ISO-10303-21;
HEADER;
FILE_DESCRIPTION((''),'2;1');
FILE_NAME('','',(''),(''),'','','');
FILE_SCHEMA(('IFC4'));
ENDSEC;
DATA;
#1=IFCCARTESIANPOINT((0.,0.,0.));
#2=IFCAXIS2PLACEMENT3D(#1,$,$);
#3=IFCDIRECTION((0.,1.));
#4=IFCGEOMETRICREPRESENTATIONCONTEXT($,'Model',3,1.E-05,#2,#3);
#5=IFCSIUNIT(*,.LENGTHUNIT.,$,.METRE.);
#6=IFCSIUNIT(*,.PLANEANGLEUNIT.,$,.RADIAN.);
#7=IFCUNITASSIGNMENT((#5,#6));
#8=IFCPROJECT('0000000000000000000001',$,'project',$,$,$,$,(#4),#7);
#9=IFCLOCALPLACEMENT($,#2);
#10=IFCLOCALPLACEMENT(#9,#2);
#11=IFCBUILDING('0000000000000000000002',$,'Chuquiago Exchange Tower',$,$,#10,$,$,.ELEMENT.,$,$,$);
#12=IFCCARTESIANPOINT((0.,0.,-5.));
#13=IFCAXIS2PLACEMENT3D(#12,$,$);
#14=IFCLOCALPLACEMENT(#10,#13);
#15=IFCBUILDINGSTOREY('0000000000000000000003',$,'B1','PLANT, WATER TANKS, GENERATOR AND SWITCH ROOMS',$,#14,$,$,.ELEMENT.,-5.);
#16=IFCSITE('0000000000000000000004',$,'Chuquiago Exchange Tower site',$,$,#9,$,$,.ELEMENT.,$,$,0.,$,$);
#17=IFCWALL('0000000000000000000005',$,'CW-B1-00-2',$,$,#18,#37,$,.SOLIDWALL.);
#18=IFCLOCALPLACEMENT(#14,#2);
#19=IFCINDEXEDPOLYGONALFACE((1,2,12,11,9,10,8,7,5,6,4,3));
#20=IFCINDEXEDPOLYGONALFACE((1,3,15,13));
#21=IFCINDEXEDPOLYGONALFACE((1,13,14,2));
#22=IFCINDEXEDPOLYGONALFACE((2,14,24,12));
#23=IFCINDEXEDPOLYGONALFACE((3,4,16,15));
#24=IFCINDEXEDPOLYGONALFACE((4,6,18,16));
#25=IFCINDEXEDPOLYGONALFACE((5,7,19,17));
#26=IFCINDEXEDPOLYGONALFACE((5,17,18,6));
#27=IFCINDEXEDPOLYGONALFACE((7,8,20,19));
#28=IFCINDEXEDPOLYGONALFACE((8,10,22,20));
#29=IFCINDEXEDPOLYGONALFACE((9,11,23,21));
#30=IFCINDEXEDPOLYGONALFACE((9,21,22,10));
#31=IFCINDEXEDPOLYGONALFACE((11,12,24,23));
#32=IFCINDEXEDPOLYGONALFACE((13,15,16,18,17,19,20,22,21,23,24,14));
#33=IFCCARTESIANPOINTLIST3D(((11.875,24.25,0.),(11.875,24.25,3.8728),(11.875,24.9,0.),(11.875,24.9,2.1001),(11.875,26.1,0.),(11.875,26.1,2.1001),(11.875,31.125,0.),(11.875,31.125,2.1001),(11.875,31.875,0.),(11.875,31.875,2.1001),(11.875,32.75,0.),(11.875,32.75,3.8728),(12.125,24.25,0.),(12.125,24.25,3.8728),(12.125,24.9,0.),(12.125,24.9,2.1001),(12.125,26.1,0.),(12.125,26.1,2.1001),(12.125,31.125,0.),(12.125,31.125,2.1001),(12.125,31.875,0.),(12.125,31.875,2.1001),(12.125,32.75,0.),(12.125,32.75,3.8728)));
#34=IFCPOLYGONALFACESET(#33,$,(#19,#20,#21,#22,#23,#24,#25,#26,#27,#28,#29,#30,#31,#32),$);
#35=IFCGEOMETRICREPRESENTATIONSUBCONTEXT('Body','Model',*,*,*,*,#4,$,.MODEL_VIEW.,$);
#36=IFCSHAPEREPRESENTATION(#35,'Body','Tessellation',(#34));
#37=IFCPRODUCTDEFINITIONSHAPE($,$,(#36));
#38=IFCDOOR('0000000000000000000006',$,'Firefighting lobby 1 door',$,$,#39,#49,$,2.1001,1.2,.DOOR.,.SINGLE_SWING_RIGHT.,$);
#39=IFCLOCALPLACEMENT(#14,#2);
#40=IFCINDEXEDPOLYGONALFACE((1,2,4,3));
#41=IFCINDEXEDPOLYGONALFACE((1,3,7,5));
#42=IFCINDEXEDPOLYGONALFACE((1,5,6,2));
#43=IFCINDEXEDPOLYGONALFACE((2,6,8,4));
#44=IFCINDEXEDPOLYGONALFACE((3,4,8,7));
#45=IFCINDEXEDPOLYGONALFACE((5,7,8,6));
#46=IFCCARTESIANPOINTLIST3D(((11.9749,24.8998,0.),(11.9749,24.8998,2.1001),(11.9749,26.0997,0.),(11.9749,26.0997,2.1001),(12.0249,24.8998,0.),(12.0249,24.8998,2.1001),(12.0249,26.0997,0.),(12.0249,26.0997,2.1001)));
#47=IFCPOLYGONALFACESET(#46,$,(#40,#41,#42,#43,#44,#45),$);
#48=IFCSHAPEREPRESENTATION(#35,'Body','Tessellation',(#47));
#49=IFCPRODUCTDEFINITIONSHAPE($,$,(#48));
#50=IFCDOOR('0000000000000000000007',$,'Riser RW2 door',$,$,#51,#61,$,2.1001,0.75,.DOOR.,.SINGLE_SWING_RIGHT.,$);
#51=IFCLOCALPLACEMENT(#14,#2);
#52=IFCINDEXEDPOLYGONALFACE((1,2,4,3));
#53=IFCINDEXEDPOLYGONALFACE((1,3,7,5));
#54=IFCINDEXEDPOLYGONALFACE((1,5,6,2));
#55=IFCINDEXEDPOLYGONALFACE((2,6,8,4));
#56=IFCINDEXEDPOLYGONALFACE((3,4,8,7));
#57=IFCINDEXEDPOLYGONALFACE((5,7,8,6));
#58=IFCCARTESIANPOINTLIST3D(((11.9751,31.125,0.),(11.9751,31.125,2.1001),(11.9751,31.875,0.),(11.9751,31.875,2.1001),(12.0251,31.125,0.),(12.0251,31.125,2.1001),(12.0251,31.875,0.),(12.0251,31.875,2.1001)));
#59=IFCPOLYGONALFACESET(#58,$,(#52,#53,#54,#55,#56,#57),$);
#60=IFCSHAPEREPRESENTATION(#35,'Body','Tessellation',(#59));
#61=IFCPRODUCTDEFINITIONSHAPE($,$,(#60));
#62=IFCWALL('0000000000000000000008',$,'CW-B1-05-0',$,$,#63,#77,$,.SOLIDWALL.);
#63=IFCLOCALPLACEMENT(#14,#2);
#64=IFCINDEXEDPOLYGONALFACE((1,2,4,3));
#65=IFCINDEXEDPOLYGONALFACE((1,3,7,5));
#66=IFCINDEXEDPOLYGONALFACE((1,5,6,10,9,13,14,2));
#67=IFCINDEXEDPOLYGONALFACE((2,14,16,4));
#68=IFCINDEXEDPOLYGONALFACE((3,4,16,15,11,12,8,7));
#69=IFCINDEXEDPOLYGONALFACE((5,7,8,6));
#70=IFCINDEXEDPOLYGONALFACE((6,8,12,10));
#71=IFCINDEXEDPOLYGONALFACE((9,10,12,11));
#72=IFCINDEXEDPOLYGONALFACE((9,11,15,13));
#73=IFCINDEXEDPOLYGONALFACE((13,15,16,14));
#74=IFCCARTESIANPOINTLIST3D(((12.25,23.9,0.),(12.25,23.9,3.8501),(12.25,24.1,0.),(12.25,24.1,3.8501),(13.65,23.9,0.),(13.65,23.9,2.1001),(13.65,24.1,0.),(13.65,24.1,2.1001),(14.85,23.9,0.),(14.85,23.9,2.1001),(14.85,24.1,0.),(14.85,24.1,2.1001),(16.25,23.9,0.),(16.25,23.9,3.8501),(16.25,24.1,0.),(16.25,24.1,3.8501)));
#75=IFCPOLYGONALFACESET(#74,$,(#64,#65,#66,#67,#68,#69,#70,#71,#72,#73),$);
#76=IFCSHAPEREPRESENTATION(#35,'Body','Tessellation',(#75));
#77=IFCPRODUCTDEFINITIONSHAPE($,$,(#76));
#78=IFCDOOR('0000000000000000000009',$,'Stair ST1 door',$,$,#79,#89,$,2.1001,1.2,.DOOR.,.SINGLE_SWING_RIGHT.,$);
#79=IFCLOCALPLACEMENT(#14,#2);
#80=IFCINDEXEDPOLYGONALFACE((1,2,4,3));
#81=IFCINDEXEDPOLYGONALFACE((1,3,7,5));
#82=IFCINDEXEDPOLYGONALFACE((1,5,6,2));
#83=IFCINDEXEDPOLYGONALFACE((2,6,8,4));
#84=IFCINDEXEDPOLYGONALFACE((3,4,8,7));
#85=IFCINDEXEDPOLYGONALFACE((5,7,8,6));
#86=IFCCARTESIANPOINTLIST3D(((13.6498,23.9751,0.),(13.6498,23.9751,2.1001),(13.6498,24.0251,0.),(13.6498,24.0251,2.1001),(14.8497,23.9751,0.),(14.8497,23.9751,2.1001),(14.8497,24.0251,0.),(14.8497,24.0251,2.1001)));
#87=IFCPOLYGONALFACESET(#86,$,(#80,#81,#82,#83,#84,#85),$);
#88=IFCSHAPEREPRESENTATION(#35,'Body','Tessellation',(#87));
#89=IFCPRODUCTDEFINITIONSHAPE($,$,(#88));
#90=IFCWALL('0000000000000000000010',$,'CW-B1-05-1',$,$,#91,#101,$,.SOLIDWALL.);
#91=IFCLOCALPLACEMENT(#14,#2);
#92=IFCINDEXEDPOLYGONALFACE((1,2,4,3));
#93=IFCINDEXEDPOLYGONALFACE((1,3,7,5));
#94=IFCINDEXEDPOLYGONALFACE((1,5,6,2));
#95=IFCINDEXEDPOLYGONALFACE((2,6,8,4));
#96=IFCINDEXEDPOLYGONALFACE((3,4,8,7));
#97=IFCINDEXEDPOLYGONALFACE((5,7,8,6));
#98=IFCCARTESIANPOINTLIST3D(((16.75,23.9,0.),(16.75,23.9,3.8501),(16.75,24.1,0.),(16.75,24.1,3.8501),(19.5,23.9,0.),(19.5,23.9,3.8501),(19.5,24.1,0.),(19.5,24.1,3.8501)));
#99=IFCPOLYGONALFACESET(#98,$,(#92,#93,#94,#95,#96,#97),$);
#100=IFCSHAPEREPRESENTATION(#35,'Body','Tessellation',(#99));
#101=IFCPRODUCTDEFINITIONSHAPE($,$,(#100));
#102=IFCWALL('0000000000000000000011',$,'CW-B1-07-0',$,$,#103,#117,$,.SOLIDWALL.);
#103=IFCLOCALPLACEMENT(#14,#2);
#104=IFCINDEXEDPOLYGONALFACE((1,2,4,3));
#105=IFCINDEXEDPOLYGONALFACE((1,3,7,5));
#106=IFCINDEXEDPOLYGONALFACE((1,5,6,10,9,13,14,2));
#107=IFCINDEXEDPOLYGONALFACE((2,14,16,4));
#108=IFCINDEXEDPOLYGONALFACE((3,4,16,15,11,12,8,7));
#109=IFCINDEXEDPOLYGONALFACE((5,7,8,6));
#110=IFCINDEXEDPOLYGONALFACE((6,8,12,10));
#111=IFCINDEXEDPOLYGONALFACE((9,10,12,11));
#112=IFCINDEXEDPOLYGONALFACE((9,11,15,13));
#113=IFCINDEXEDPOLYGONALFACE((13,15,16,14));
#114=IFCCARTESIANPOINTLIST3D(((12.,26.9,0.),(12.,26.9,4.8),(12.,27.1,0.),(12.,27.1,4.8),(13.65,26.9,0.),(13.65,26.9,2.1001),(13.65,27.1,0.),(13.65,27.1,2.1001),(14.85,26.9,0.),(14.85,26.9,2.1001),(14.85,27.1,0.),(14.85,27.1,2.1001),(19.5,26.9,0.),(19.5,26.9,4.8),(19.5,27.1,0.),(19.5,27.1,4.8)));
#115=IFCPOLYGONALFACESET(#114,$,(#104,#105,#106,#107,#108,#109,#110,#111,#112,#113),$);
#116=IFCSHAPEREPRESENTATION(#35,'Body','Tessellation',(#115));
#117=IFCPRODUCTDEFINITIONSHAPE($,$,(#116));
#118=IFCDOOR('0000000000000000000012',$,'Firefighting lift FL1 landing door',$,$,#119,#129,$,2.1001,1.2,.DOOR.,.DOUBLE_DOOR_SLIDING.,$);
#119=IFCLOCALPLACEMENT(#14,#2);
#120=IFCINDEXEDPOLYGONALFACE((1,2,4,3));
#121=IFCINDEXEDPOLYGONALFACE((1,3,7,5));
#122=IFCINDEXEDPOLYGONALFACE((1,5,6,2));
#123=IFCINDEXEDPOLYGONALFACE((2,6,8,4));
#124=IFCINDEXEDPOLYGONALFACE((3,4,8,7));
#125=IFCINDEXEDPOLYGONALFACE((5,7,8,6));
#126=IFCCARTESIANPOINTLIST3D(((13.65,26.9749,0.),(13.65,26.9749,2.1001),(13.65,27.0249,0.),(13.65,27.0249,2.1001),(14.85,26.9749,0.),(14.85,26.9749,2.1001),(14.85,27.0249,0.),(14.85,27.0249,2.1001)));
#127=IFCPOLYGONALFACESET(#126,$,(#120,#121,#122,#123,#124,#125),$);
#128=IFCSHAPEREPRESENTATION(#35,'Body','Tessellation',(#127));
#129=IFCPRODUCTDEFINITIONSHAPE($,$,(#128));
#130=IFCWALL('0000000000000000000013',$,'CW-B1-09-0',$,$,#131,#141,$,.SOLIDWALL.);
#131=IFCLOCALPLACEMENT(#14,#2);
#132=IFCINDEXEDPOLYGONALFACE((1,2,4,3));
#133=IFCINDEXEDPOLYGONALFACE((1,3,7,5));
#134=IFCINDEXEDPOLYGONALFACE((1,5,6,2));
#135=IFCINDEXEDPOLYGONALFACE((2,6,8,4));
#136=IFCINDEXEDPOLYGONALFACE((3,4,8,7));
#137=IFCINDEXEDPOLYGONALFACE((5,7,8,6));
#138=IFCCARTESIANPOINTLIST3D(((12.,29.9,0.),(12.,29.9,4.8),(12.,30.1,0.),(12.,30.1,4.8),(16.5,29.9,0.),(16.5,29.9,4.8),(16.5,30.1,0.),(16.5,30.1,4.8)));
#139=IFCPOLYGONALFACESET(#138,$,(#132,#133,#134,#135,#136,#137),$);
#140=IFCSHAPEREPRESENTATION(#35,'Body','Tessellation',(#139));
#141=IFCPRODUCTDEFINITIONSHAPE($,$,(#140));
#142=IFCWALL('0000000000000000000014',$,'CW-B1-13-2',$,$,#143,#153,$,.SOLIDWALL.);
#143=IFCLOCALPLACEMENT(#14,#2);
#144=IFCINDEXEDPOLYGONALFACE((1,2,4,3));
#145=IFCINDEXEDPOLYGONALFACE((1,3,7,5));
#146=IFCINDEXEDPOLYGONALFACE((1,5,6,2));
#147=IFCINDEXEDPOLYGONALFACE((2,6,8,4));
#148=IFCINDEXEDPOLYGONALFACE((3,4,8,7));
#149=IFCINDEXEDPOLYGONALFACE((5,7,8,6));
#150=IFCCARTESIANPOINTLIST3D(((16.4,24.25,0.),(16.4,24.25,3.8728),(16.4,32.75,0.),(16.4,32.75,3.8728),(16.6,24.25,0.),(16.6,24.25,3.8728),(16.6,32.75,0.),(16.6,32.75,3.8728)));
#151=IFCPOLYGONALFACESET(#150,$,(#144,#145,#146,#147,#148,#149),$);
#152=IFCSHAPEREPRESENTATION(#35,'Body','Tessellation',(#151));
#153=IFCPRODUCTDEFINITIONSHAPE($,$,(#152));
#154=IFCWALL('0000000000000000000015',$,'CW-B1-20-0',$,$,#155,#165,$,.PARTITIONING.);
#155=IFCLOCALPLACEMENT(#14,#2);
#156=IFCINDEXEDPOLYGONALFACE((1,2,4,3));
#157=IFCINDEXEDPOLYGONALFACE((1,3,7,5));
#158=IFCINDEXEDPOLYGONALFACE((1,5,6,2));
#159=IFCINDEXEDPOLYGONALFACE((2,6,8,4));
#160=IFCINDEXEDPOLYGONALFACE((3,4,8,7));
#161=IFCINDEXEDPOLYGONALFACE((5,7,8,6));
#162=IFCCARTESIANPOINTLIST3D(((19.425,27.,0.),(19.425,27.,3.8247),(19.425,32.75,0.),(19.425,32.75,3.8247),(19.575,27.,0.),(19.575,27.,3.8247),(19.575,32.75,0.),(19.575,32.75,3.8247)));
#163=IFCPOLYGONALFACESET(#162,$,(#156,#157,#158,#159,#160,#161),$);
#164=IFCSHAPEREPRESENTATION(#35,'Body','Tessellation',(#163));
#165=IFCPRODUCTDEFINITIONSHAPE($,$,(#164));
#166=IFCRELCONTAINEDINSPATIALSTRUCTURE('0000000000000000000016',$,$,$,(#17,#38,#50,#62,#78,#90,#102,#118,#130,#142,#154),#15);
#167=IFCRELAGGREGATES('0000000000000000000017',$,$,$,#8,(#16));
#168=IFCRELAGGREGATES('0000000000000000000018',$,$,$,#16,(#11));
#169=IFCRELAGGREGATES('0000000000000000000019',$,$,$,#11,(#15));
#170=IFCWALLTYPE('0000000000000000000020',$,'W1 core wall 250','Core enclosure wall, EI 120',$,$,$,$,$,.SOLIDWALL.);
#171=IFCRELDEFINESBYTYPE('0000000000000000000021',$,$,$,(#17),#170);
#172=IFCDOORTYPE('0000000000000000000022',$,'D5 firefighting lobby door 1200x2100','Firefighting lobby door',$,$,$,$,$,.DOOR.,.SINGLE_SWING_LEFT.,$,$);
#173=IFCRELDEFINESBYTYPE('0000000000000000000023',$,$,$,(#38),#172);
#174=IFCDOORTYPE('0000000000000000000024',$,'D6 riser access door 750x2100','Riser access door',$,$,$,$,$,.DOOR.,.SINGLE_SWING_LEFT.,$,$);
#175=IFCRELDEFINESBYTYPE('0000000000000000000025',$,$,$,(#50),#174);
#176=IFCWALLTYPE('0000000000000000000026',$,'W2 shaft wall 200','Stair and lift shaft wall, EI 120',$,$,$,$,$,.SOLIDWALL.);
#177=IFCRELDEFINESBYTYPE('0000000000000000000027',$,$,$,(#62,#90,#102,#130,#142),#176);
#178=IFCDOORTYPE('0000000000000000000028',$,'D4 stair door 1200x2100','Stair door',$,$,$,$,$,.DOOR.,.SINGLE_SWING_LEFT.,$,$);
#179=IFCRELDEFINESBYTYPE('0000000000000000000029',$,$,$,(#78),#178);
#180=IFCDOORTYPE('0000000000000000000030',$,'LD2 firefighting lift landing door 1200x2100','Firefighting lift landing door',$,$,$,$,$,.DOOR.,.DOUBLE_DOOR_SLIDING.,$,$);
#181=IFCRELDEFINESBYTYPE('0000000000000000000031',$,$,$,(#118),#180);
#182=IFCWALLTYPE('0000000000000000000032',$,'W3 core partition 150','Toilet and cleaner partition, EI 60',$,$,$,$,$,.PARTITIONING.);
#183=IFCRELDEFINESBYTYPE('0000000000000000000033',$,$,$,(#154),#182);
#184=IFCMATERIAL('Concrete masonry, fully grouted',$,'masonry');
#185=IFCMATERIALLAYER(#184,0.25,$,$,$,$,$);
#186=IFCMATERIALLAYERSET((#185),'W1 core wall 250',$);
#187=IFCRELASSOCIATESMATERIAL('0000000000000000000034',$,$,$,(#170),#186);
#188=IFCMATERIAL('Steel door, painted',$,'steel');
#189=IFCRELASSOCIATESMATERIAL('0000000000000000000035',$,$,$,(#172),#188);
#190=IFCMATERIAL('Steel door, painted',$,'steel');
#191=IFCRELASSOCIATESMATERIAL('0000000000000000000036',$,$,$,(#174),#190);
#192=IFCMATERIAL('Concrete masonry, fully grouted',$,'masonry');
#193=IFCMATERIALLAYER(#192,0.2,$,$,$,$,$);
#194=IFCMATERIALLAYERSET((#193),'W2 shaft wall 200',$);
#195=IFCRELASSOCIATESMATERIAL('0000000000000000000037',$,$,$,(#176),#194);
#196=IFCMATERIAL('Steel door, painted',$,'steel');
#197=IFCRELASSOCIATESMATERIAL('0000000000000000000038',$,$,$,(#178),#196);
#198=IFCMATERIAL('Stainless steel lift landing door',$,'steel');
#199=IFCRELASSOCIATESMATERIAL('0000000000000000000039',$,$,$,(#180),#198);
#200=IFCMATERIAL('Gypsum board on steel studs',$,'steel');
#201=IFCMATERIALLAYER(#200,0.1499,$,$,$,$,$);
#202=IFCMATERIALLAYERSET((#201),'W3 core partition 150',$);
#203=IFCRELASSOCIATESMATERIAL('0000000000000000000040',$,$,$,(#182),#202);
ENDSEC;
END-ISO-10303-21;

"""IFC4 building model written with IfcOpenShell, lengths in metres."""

from ifc_helpers import new_model, si_unit, direction, frame, frame_2d, origin, place, context, subcontext, project, spatial, rectangle, extrude, material, layer, layer_set, type_object, element, fill, save


model = new_model("IFC4")

# Units and contexts
model_context = context("Model", 3, precision=1e-05, world=origin(), true_north=direction((0.0, 1.0)))
body_context = subcontext(model_context, "Body", "Model", "MODEL_VIEW")
ifc_project = project(units=[si_unit("LENGTHUNIT", "METRE"), si_unit("PLANEANGLEUNIT", "RADIAN")], contexts=[model_context])

# Site, building, storey
site_placement = place(None, origin())
site = spatial("IfcSite", under=ifc_project, at=site_placement, Name="Chuquiago Exchange Tower site", CompositionType="ELEMENT", RefElevation=0.0)
building_placement = place(site_placement, origin())
building = spatial("IfcBuilding", under=site, at=building_placement, Name="Chuquiago Exchange Tower", CompositionType="ELEMENT")
storey_placement = place(building_placement, frame((0.0, 0.0, -5.0)))
storey = spatial("IfcBuildingStorey", under=building, at=storey_placement, Name="B1", Description="PLANT, WATER TANKS, GENERATOR AND SWITCH ROOMS", CompositionType="ELEMENT", Elevation=-5.0)

# Wall, openings, doors
ifc_material_1 = material(Name="Concrete masonry, fully grouted", Category="masonry")
ifc_layer_1 = layer(ifc_material_1, 0.25)
ifc_layer_set_1 = layer_set([ifc_layer_1], Name="W1 core wall 250")
wall_type_1 = type_object("IfcWallType", Name="W1 core wall 250", Description="Core enclosure wall, EI 120", PredefinedType="SOLIDWALL", material=ifc_layer_set_1)
wall_1_placement = place(storey_placement, frame((12.0, 24.25, 0.0), z_axis=(0.0, 0.0, 1.0), x_axis=(0.0, 1.0, 0.0)))
wall_1 = element("IfcWall", 1, at=wall_1_placement, inside=storey, type_object=wall_type_1, Name="CW-B1-00-2", PredefinedType="SOLIDWALL", context=body_context, shape_type="SweptSolid", body=[
    extrude(rectangle(XDim=8.5, YDim=0.25, at=frame_2d((4.25, 0.0))), origin(), (0.0, 0.0, 1.0), 3.8728),
])
opening_1_placement = place(wall_1_placement, frame((0.6499, 0.0, 0.0)))
opening_1 = element("IfcOpeningElement", 2, at=opening_1_placement, cuts=wall_1, PredefinedType="OPENING", context=body_context, shape_type="SweptSolid", body=[
    extrude(rectangle(XDim=1.2, YDim=2.1001, at=frame_2d((0.6001, 1.05))), frame((0.0, 0.135, 0.0), z_axis=(0.0, -1.0, 0.0), x_axis=(1.0, 0.0, 0.0)), (0.0, 0.0, 1.0), 0.27),
])
opening_2_placement = place(wall_1_placement, frame((6.875, 0.0, 0.0)))
opening_2 = element("IfcOpeningElement", 3, at=opening_2_placement, cuts=wall_1, PredefinedType="OPENING", context=body_context, shape_type="SweptSolid", body=[
    extrude(rectangle(XDim=0.75, YDim=2.1001, at=frame_2d((0.375, 1.05))), frame((0.0, 0.135, 0.0), z_axis=(0.0, -1.0, 0.0), x_axis=(1.0, 0.0, 0.0)), (0.0, 0.0, 1.0), 0.27),
])
ifc_material_2 = material(Name="Steel door, painted", Category="steel")
door_type_1 = type_object("IfcDoorType", Name="D5 firefighting lobby door 1200x2100", Description="Firefighting lobby door", OperationType="SINGLE_SWING_LEFT", PredefinedType="DOOR", material=ifc_material_2)
door_1_placement = place(opening_1_placement, frame((1.2, 0.0, 0.0), z_axis=(0.0, 0.0, 1.0), x_axis=(-1.0, 0.0, 0.0)))
door_1 = element("IfcDoor", 4, at=door_1_placement, inside=storey, type_object=door_type_1, Name="Firefighting lobby 1 door", OperationType="SINGLE_SWING_RIGHT", OverallHeight=2.1001, OverallWidth=1.2, PredefinedType="DOOR", context=body_context, shape_type="SweptSolid", body=[
    extrude(rectangle(XDim=1.2, YDim=2.1001, at=frame_2d((0.6001, 1.05))), frame((0.0, 0.0249, 0.0), z_axis=(0.0, -1.0, 0.0), x_axis=(1.0, 0.0, 0.0)), (0.0, 0.0, 1.0), 0.05),
])
fill(opening_1, door_1)
ifc_material_3 = material(Name="Steel door, painted", Category="steel")
door_type_2 = type_object("IfcDoorType", Name="D6 riser access door 750x2100", Description="Riser access door", OperationType="SINGLE_SWING_LEFT", PredefinedType="DOOR", material=ifc_material_3)
door_2_placement = place(opening_2_placement, origin())
door_2 = element("IfcDoor", 5, at=door_2_placement, inside=storey, type_object=door_type_2, Name="Riser RW2 door", OperationType="SINGLE_SWING_RIGHT", OverallHeight=2.1001, OverallWidth=0.75, PredefinedType="DOOR", context=body_context, shape_type="SweptSolid", body=[
    extrude(rectangle(XDim=0.75, YDim=2.1001, at=frame_2d((0.375, 1.05))), frame((0.0, 0.0249, 0.0), z_axis=(0.0, -1.0, 0.0), x_axis=(1.0, 0.0, 0.0)), (0.0, 0.0, 1.0), 0.05),
])
fill(opening_2, door_2)

# Wall, opening, door
ifc_material_4 = material(Name="Concrete masonry, fully grouted", Category="masonry")
ifc_layer_2 = layer(ifc_material_4, 0.2)
ifc_layer_set_2 = layer_set([ifc_layer_2], Name="W2 shaft wall 200")
wall_type_2 = type_object("IfcWallType", Name="W2 shaft wall 200", Description="Stair and lift shaft wall, EI 120", PredefinedType="SOLIDWALL", material=ifc_layer_set_2)
wall_2_placement = place(storey_placement, frame((12.25, 24.0, 0.0), z_axis=(0.0, 0.0, 1.0), x_axis=(1.0, 0.0, 0.0)))
wall_2 = element("IfcWall", 6, at=wall_2_placement, inside=storey, type_object=wall_type_2, Name="CW-B1-05-0", PredefinedType="SOLIDWALL", context=body_context, shape_type="SweptSolid", body=[
    extrude(rectangle(XDim=4.0, YDim=0.2, at=frame_2d((2.0, 0.0))), origin(), (0.0, 0.0, 1.0), 3.8501),
])
opening_3_placement = place(wall_2_placement, frame((1.3999, 0.0, 0.0)))
opening_3 = element("IfcOpeningElement", 7, at=opening_3_placement, cuts=wall_2, PredefinedType="OPENING", context=body_context, shape_type="SweptSolid", body=[
    extrude(rectangle(XDim=1.2, YDim=2.1001, at=frame_2d((0.6001, 1.05))), frame((0.0, 0.1099, 0.0), z_axis=(0.0, -1.0, 0.0), x_axis=(1.0, 0.0, 0.0)), (0.0, 0.0, 1.0), 0.22),
])
ifc_material_5 = material(Name="Steel door, painted", Category="steel")
door_type_3 = type_object("IfcDoorType", Name="D4 stair door 1200x2100", Description="Stair door", OperationType="SINGLE_SWING_LEFT", PredefinedType="DOOR", material=ifc_material_5)
door_3_placement = place(opening_3_placement, frame((1.2, 0.0, 0.0), z_axis=(0.0, 0.0, 1.0), x_axis=(-1.0, 0.0, 0.0)))
door_3 = element("IfcDoor", 8, at=door_3_placement, inside=storey, type_object=door_type_3, Name="Stair ST1 door", OperationType="SINGLE_SWING_RIGHT", OverallHeight=2.1001, OverallWidth=1.2, PredefinedType="DOOR", context=body_context, shape_type="SweptSolid", body=[
    extrude(rectangle(XDim=1.2, YDim=2.1001, at=frame_2d((0.6001, 1.05))), frame((0.0, 0.0249, 0.0), z_axis=(0.0, -1.0, 0.0), x_axis=(1.0, 0.0, 0.0)), (0.0, 0.0, 1.0), 0.05),
])
fill(opening_3, door_3)

# Wall
wall_3_placement = place(storey_placement, frame((16.75, 24.0, 0.0), z_axis=(0.0, 0.0, 1.0), x_axis=(1.0, 0.0, 0.0)))
element("IfcWall", 9, at=wall_3_placement, inside=storey, type_object=wall_type_2, Name="CW-B1-05-1", PredefinedType="SOLIDWALL", context=body_context, shape_type="SweptSolid", body=[
    extrude(rectangle(XDim=2.75, YDim=0.2, at=frame_2d((1.375, 0.0))), origin(), (0.0, 0.0, 1.0), 3.8501),
])

# Wall, opening, door
wall_4_placement = place(storey_placement, frame((12.0, 27.0, 0.0), z_axis=(0.0, 0.0, 1.0), x_axis=(1.0, 0.0, 0.0)))
wall_4 = element("IfcWall", 10, at=wall_4_placement, inside=storey, type_object=wall_type_2, Name="CW-B1-07-0", PredefinedType="SOLIDWALL", context=body_context, shape_type="SweptSolid", body=[
    extrude(rectangle(XDim=7.5, YDim=0.2, at=frame_2d((3.75, 0.0))), origin(), (0.0, 0.0, 1.0), 4.8),
])
opening_4_placement = place(wall_4_placement, frame((1.6499, 0.0, 0.0)))
opening_4 = element("IfcOpeningElement", 11, at=opening_4_placement, cuts=wall_4, PredefinedType="OPENING", context=body_context, shape_type="SweptSolid", body=[
    extrude(rectangle(XDim=1.2, YDim=2.1001, at=frame_2d((0.6001, 1.05))), frame((0.0, 0.1099, 0.0), z_axis=(0.0, -1.0, 0.0), x_axis=(1.0, 0.0, 0.0)), (0.0, 0.0, 1.0), 0.22),
])
ifc_material_6 = material(Name="Stainless steel lift landing door", Category="steel")
door_type_4 = type_object("IfcDoorType", Name="LD2 firefighting lift landing door 1200x2100", Description="Firefighting lift landing door", OperationType="DOUBLE_DOOR_SLIDING", PredefinedType="DOOR", material=ifc_material_6)
door_4_placement = place(opening_4_placement, origin())
door_4 = element("IfcDoor", 12, at=door_4_placement, inside=storey, type_object=door_type_4, Name="Firefighting lift FL1 landing door", OperationType="DOUBLE_DOOR_SLIDING", OverallHeight=2.1001, OverallWidth=1.2, PredefinedType="DOOR", context=body_context, shape_type="SweptSolid", body=[
    extrude(rectangle(XDim=1.2, YDim=2.1001, at=frame_2d((0.6001, 1.05))), frame((0.0, 0.0249, 0.0), z_axis=(0.0, -1.0, 0.0), x_axis=(1.0, 0.0, 0.0)), (0.0, 0.0, 1.0), 0.05),
])
fill(opening_4, door_4)

# Walls
wall_5_placement = place(storey_placement, frame((12.0, 30.0, 0.0), z_axis=(0.0, 0.0, 1.0), x_axis=(1.0, 0.0, 0.0)))
element("IfcWall", 13, at=wall_5_placement, inside=storey, type_object=wall_type_2, Name="CW-B1-09-0", PredefinedType="SOLIDWALL", context=body_context, shape_type="SweptSolid", body=[
    extrude(rectangle(XDim=4.5, YDim=0.2, at=frame_2d((2.25, 0.0))), origin(), (0.0, 0.0, 1.0), 4.8),
])
wall_6_placement = place(storey_placement, frame((16.5, 24.25, 0.0), z_axis=(0.0, 0.0, 1.0), x_axis=(0.0, 1.0, 0.0)))
element("IfcWall", 14, at=wall_6_placement, inside=storey, type_object=wall_type_2, Name="CW-B1-13-2", PredefinedType="SOLIDWALL", context=body_context, shape_type="SweptSolid", body=[
    extrude(rectangle(XDim=8.5, YDim=0.2, at=frame_2d((4.25, 0.0))), origin(), (0.0, 0.0, 1.0), 3.8728),
])
ifc_material_7 = material(Name="Gypsum board on steel studs", Category="steel")
ifc_layer_3 = layer(ifc_material_7, 0.1499)
ifc_layer_set_3 = layer_set([ifc_layer_3], Name="W3 core partition 150")
wall_type_3 = type_object("IfcWallType", Name="W3 core partition 150", Description="Toilet and cleaner partition, EI 60", PredefinedType="PARTITIONING", material=ifc_layer_set_3)
wall_7_placement = place(storey_placement, frame((19.5, 27.0, 0.0), z_axis=(0.0, 0.0, 1.0), x_axis=(0.0, 1.0, 0.0)))
element("IfcWall", 15, at=wall_7_placement, inside=storey, type_object=wall_type_3, Name="CW-B1-20-0", PredefinedType="PARTITIONING", context=body_context, shape_type="SweptSolid", body=[
    extrude(rectangle(XDim=5.75, YDim=0.1499, at=frame_2d((2.875, 0.0))), origin(), (0.0, 0.0, 1.0), 3.8247),
])

save(model, "model.ifc")
